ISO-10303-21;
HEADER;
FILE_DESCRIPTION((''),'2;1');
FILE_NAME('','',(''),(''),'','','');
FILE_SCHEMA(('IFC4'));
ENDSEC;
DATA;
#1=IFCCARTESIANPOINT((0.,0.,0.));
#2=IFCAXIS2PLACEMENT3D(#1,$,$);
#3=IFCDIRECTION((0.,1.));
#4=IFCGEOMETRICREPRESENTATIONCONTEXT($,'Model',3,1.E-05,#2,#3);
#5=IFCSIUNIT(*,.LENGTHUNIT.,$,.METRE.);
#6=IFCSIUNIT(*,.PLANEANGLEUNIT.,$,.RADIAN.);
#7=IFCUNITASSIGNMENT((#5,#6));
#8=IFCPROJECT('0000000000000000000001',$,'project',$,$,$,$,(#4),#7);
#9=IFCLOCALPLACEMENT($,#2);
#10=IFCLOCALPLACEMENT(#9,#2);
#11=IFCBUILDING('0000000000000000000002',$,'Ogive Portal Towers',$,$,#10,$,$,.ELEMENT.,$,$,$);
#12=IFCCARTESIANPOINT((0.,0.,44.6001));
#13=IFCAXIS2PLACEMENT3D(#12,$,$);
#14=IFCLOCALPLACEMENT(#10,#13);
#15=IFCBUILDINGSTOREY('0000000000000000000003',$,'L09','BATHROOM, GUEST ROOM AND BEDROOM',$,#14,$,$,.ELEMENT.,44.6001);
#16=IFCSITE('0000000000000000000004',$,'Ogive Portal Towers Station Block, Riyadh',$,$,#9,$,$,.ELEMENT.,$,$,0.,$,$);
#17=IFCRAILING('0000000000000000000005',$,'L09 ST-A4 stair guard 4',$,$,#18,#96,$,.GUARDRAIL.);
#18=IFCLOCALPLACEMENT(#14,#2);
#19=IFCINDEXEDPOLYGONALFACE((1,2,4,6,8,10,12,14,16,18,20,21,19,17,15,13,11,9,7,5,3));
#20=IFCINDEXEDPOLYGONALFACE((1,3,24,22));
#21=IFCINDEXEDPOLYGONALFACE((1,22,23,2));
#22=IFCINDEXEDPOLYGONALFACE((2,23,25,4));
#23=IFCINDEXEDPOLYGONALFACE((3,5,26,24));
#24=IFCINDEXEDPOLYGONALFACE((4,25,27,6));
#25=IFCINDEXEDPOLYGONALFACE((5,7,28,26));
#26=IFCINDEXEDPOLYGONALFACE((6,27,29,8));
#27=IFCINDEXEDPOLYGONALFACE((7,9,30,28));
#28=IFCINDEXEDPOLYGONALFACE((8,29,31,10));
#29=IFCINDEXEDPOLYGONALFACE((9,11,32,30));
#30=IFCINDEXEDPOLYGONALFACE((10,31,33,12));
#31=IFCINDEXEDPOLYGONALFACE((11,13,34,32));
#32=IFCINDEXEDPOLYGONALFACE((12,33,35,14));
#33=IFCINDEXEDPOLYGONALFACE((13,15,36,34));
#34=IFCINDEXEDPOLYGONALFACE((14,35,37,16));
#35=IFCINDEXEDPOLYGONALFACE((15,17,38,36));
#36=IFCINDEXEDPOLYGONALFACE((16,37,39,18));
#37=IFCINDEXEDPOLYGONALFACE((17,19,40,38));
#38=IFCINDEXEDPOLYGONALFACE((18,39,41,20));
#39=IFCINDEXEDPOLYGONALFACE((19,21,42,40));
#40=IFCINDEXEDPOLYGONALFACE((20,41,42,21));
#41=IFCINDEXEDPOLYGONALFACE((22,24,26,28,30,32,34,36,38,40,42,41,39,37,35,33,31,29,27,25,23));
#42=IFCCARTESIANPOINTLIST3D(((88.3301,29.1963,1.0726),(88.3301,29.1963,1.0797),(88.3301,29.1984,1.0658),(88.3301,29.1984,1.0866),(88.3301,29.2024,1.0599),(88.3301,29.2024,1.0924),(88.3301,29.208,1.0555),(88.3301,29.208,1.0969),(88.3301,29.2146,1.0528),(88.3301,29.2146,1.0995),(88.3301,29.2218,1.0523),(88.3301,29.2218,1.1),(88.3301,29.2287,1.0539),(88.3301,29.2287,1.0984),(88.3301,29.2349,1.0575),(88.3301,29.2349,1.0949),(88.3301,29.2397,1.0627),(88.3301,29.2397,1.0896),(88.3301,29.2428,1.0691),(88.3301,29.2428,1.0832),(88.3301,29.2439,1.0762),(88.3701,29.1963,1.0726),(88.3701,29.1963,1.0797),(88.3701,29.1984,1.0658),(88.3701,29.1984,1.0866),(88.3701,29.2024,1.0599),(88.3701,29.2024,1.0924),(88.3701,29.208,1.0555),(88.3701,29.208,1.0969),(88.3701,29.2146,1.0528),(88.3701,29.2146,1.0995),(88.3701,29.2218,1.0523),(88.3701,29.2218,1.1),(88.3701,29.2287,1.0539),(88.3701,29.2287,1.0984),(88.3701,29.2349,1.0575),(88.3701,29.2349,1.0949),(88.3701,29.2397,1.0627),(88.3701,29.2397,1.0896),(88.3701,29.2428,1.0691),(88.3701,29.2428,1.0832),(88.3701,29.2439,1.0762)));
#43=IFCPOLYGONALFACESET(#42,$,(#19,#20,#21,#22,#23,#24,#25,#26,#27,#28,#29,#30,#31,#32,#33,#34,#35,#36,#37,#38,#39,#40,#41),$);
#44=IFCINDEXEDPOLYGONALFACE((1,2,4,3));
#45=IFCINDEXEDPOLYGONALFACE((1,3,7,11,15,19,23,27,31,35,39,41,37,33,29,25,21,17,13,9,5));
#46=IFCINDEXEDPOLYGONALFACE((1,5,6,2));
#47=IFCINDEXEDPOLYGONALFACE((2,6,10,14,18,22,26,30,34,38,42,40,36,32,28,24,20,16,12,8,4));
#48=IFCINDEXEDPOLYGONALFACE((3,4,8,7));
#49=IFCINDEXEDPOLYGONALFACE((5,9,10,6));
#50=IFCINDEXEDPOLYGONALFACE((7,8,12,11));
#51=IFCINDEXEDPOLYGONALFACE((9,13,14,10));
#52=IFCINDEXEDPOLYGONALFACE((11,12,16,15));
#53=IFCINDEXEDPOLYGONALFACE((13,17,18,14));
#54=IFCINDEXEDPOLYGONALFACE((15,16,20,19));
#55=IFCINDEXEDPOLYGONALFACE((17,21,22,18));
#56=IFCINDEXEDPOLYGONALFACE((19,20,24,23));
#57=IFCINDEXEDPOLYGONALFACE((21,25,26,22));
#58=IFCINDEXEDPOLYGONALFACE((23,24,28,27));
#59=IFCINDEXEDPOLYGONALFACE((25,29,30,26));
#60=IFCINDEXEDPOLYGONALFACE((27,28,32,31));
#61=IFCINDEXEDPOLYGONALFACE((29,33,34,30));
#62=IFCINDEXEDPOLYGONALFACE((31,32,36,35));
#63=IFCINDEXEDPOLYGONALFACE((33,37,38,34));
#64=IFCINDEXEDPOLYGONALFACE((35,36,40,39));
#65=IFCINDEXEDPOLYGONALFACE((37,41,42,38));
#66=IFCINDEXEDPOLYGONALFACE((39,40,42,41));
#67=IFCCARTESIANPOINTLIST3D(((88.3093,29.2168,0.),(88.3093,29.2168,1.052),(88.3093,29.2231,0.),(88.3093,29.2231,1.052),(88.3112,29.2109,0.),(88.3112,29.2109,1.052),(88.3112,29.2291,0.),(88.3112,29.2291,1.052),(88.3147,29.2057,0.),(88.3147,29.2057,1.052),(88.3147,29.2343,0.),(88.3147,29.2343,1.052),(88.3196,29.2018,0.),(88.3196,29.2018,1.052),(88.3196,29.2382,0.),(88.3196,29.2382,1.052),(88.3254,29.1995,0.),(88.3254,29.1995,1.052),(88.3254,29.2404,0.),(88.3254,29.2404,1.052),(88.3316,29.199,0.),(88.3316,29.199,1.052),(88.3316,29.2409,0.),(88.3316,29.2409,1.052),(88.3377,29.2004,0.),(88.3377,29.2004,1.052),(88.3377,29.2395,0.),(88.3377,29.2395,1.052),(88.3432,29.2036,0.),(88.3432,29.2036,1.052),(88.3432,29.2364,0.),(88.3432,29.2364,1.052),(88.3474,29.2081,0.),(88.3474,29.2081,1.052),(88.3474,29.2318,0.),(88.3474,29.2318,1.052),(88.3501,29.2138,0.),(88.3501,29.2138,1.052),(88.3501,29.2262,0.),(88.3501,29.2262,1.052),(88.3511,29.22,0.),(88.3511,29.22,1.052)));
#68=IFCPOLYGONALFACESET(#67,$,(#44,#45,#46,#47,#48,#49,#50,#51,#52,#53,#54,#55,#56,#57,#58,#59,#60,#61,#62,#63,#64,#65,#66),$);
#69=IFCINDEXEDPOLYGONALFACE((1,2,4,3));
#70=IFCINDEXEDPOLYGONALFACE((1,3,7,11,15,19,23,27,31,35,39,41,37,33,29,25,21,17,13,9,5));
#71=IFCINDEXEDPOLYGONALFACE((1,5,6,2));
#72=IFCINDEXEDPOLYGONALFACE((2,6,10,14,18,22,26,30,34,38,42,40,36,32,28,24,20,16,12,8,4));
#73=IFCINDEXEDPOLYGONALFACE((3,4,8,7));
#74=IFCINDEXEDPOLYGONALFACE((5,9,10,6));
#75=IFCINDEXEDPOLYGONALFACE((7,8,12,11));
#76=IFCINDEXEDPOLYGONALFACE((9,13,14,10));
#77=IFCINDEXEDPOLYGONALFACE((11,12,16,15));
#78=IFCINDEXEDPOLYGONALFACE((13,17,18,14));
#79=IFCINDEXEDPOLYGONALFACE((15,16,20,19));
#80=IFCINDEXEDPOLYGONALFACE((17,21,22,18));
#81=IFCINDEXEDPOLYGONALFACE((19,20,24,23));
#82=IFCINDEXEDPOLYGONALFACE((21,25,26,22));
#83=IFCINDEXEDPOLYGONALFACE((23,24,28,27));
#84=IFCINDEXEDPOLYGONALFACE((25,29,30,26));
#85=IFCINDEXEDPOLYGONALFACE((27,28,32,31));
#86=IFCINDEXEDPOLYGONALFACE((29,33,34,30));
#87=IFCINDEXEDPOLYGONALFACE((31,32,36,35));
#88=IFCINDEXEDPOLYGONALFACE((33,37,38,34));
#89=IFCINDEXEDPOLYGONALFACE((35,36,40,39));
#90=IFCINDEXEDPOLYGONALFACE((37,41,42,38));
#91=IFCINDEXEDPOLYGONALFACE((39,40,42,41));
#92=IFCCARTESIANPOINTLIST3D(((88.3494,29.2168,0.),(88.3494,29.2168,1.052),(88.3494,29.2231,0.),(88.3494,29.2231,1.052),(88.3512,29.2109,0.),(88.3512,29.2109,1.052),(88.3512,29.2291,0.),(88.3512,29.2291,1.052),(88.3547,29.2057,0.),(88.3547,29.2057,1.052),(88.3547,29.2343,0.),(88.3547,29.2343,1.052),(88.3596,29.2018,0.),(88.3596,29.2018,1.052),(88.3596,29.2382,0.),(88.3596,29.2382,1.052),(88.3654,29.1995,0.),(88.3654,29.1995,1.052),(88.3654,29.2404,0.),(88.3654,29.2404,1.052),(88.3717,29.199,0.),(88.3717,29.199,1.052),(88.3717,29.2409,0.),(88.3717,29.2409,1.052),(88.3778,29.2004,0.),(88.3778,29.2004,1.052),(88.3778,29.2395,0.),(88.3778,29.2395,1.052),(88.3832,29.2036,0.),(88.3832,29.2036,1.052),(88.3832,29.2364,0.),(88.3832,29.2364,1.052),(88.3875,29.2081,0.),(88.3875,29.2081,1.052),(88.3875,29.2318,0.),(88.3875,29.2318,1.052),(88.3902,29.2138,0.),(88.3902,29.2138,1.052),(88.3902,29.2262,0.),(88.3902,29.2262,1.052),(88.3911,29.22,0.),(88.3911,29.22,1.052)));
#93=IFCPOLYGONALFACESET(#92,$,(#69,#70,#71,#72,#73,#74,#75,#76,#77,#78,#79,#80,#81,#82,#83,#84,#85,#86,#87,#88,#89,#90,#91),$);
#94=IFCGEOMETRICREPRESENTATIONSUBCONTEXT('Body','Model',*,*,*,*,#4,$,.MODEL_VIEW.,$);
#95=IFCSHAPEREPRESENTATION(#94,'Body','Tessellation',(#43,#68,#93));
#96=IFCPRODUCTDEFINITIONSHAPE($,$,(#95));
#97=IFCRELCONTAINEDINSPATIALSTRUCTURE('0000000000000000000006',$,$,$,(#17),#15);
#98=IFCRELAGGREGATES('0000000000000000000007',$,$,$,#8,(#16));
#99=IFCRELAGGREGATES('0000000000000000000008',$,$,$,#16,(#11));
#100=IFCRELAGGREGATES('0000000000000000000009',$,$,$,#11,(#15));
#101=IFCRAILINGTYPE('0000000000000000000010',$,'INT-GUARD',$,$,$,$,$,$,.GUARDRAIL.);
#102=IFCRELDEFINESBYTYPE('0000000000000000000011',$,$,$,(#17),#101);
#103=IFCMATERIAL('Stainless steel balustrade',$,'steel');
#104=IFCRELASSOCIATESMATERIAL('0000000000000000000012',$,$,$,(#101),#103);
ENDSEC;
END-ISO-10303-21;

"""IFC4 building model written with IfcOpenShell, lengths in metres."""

from ifc_helpers import new_model, si_unit, direction, frame, origin, origin_2d, place, context, subcontext, project, spatial, circle, extrude, material, type_object, element, save


model = new_model("IFC4")

# Units and contexts
model_context = context("Model", 3, precision=1e-05, world=origin(), true_north=direction((0.0, 1.0)))
body_context = subcontext(model_context, "Body", "Model", "MODEL_VIEW")
ifc_project = project(units=[si_unit("LENGTHUNIT", "METRE"), si_unit("PLANEANGLEUNIT", "RADIAN")], contexts=[model_context])

# Site, building, storey
site_placement = place(None, origin())
site = spatial("IfcSite", under=ifc_project, at=site_placement, Name="Ogive Portal Towers Station Block, Riyadh", CompositionType="ELEMENT", RefElevation=0.0)
building_placement = place(site_placement, origin())
building = spatial("IfcBuilding", under=site, at=building_placement, Name="Ogive Portal Towers", CompositionType="ELEMENT")
storey_placement = place(building_placement, frame((0.0, 0.0, 44.6001)))
storey = spatial("IfcBuildingStorey", under=building, at=storey_placement, Name="L09", Description="BATHROOM, GUEST ROOM AND BEDROOM", CompositionType="ELEMENT", Elevation=44.6001)

# Railing
ifc_material_1 = material(Name="Stainless steel balustrade", Category="steel")
railing_type_1 = type_object("IfcRailingType", Name="INT-GUARD", PredefinedType="GUARDRAIL", material=ifc_material_1)
railing_1_placement = place(storey_placement, frame((88.3301, 29.22, 0.0)))
element("IfcRailing", 1, at=railing_1_placement, inside=storey, type_object=railing_type_1, Name="L09 ST-A4 stair guard 4", PredefinedType="GUARDRAIL", context=body_context, shape_type="SweptSolid", body=[
    extrude(circle(Radius=0.0239, at=origin_2d()), frame((0.0, 0.0, 1.0762), z_axis=(1.0, 0.0, 0.0), x_axis=(0.0, 1.0, 0.0)), (0.0, 0.0, 1.0), 0.04),
    extrude(circle(Radius=0.021, at=origin_2d()), origin(), (0.0, 0.0, 1.0), 1.052),
    extrude(circle(Radius=0.021, at=origin_2d()), frame((0.04, 0.0, 0.0)), (0.0, 0.0, 1.0), 1.052),
])

save(model, "model.ifc")
